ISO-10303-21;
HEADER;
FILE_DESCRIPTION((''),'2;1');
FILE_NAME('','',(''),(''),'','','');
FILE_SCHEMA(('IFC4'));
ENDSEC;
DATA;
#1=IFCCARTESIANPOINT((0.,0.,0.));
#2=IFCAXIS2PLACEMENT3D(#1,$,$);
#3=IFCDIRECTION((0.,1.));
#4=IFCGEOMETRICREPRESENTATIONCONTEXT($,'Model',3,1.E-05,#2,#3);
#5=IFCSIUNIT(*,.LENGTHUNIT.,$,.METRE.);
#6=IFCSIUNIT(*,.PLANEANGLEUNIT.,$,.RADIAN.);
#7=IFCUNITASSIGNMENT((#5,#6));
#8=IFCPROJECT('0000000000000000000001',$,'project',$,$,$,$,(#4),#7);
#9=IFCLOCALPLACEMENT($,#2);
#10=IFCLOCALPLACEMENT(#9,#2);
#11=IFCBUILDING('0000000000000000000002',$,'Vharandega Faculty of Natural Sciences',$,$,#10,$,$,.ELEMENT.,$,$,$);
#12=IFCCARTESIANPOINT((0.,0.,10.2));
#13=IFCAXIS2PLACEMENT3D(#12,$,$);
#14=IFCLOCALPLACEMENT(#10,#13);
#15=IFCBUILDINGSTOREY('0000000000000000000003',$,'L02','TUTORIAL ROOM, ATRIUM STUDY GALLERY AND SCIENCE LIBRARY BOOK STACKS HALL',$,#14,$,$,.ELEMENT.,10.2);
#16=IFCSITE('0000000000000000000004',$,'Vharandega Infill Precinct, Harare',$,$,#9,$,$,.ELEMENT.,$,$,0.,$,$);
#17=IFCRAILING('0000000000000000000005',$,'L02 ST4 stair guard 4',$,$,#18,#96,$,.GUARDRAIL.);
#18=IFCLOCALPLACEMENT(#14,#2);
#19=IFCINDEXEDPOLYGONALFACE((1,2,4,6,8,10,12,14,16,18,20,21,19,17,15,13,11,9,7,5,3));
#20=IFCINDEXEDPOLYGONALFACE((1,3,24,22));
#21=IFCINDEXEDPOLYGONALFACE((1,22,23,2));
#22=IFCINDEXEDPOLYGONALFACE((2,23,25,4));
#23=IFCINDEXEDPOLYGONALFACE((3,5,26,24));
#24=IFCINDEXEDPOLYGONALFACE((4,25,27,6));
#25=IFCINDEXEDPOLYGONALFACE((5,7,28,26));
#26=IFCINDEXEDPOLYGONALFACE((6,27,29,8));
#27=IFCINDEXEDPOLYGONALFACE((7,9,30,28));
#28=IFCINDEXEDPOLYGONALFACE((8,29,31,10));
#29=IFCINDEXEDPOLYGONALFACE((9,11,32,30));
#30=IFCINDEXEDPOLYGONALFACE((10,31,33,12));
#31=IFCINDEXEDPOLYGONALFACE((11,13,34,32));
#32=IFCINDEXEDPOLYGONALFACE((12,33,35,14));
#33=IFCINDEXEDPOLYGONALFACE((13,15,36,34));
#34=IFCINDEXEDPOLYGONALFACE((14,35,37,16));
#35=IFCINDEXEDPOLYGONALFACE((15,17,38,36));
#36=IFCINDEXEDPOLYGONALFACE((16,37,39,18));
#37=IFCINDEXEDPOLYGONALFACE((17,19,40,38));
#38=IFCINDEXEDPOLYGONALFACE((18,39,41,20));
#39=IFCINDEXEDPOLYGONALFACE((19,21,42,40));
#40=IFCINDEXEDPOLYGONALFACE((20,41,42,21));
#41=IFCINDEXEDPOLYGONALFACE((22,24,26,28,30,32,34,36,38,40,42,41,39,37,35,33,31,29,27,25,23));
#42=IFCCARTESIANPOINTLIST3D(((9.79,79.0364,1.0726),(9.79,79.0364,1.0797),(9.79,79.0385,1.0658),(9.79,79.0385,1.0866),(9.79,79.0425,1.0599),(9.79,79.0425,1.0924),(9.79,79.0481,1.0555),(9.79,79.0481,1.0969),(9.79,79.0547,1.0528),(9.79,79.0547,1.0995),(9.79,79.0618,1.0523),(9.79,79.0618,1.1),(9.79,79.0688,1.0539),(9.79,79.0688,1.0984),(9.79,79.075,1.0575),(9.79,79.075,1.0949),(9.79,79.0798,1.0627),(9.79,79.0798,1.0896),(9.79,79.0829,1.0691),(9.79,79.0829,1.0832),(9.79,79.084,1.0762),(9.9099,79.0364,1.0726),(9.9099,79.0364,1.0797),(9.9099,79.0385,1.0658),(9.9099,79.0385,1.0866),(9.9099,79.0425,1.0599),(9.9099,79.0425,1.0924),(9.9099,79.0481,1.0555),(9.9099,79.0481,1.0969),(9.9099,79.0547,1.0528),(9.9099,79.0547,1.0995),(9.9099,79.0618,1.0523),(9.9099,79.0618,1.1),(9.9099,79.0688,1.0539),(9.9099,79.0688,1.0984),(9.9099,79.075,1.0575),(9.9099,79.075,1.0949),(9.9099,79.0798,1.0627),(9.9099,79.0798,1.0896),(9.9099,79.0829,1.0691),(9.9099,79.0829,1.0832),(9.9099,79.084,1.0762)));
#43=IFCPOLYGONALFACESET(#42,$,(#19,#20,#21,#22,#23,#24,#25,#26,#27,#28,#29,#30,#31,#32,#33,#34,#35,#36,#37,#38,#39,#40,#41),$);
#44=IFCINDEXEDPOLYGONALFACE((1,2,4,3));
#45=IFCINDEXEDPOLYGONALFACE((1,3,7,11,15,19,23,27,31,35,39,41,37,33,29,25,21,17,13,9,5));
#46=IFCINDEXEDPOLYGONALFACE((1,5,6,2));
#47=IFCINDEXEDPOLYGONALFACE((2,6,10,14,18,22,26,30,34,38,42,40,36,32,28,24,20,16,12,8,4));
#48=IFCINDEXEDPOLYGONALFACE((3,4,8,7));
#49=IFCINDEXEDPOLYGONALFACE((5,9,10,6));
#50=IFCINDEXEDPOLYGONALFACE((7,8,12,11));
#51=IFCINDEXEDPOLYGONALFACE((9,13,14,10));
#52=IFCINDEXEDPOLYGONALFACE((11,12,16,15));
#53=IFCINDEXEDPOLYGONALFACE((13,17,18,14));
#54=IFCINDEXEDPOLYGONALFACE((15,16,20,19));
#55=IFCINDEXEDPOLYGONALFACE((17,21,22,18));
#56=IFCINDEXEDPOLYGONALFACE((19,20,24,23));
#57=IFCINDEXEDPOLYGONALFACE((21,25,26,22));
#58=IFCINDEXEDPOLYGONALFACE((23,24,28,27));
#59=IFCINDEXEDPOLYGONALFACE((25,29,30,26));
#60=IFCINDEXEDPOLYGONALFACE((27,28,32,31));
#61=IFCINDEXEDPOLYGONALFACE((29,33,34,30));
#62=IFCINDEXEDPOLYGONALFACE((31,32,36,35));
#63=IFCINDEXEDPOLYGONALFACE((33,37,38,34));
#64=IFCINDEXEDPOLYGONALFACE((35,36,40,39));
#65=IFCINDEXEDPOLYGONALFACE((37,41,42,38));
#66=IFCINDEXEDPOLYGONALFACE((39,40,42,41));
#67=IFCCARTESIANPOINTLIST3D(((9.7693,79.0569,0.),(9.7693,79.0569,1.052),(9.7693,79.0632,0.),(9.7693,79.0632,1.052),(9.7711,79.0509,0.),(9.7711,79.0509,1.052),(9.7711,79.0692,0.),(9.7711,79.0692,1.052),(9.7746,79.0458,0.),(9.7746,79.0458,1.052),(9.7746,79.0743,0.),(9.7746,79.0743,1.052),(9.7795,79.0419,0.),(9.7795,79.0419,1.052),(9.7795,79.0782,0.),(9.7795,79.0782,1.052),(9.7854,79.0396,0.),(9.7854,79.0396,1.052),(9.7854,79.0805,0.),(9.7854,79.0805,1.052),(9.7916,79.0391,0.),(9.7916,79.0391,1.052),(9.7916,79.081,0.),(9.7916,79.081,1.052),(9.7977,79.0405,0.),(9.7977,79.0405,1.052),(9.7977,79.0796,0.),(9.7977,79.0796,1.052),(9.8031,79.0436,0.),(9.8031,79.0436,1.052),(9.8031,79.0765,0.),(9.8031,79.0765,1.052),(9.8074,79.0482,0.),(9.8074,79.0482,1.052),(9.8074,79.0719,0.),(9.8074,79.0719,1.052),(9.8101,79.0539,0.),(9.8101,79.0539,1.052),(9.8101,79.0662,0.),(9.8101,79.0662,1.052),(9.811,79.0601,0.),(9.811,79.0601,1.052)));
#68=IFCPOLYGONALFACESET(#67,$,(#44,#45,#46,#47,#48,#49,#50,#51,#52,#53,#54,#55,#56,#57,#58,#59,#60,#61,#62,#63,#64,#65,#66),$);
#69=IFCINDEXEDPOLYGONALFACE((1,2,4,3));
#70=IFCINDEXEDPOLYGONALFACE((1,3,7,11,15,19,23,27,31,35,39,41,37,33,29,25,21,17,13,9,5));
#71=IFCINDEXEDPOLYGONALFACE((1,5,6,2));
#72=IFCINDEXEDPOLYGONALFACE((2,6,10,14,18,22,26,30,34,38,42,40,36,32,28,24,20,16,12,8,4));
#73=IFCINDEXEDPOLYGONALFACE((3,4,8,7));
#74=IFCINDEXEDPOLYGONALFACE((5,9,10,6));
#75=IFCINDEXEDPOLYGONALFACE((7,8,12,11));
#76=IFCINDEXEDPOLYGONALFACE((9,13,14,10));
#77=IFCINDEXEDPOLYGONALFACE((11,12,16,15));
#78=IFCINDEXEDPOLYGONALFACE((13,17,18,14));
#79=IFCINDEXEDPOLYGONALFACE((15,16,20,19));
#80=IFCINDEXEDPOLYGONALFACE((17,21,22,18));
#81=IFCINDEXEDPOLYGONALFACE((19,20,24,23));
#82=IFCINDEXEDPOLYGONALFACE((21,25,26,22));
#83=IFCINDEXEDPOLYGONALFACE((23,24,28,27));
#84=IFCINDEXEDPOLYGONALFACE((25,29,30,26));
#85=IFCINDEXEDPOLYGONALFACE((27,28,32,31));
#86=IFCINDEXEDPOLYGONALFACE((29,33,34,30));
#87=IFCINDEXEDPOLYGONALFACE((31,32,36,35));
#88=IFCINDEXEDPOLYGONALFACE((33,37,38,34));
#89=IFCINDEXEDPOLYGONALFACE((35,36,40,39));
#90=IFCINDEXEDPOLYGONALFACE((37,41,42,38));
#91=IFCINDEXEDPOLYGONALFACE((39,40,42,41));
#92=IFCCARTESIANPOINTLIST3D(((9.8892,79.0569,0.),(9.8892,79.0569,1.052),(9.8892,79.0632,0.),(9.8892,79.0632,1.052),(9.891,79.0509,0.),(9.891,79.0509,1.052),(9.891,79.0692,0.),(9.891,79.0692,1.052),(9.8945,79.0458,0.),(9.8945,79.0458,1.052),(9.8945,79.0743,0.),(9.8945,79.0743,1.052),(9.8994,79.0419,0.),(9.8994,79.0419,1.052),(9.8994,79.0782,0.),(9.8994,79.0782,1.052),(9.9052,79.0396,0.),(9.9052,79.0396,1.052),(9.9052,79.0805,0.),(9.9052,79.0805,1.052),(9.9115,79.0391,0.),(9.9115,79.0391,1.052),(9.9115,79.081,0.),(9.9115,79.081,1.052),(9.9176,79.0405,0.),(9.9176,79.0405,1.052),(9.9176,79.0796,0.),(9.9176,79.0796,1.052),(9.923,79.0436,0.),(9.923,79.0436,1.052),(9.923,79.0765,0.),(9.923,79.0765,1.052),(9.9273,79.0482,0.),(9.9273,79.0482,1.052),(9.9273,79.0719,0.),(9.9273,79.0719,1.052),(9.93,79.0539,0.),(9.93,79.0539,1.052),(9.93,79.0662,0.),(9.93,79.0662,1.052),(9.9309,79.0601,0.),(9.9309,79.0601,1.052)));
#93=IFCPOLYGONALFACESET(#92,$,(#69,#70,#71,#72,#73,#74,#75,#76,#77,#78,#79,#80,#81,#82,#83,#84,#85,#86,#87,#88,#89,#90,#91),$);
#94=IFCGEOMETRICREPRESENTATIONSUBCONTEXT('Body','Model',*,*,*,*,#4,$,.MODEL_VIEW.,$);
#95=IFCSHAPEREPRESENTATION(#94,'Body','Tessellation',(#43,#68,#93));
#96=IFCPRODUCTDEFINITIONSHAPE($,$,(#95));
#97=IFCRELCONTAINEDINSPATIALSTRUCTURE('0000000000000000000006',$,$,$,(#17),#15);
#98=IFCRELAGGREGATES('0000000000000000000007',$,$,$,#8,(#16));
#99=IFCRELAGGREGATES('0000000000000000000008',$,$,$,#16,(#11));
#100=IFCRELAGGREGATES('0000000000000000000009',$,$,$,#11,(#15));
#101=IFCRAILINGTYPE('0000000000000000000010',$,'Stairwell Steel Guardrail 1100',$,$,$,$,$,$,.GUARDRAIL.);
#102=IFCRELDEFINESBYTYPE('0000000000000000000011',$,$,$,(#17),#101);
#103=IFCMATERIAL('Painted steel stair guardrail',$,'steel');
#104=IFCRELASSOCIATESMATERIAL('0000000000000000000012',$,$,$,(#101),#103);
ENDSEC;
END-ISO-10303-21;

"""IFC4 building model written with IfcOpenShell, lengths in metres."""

from ifc_helpers import new_model, si_unit, direction, frame, origin, origin_2d, place, context, subcontext, project, spatial, circle, extrude, material, type_object, element, save


model = new_model("IFC4")

# Units and contexts
model_context = context("Model", 3, precision=1e-05, world=origin(), true_north=direction((0.0, 1.0)))
body_context = subcontext(model_context, "Body", "Model", "MODEL_VIEW")
ifc_project = project(units=[si_unit("LENGTHUNIT", "METRE"), si_unit("PLANEANGLEUNIT", "RADIAN")], contexts=[model_context])

# Site, building, storey
site_placement = place(None, origin())
site = spatial("IfcSite", under=ifc_project, at=site_placement, Name="Vharandega Infill Precinct, Harare", CompositionType="ELEMENT", RefElevation=0.0)
building_placement = place(site_placement, origin())
building = spatial("IfcBuilding", under=site, at=building_placement, Name="Vharandega Faculty of Natural Sciences", CompositionType="ELEMENT")
storey_placement = place(building_placement, frame((0.0, 0.0, 10.2)))
storey = spatial("IfcBuildingStorey", under=building, at=storey_placement, Name="L02", Description="TUTORIAL ROOM, ATRIUM STUDY GALLERY AND SCIENCE LIBRARY BOOK STACKS HALL", CompositionType="ELEMENT", Elevation=10.2)

# Railing
ifc_material_1 = material(Name="Painted steel stair guardrail", Category="steel")
railing_type_1 = type_object("IfcRailingType", Name="Stairwell Steel Guardrail 1100", PredefinedType="GUARDRAIL", material=ifc_material_1)
railing_1_placement = place(storey_placement, frame((9.79, 79.0601, 0.0)))
element("IfcRailing", 1, at=railing_1_placement, inside=storey, type_object=railing_type_1, Name="L02 ST4 stair guard 4", PredefinedType="GUARDRAIL", context=body_context, shape_type="SweptSolid", body=[
    extrude(circle(Radius=0.0239, at=origin_2d()), frame((0.0, 0.0, 1.0762), z_axis=(1.0, 0.0, 0.0), x_axis=(0.0, 1.0, 0.0)), (0.0, 0.0, 1.0), 0.1199),
    extrude(circle(Radius=0.021, at=origin_2d()), origin(), (0.0, 0.0, 1.0), 1.052),
    extrude(circle(Radius=0.021, at=origin_2d()), frame((0.1199, 0.0, 0.0)), (0.0, 0.0, 1.0), 1.052),
])

save(model, "model.ifc")
